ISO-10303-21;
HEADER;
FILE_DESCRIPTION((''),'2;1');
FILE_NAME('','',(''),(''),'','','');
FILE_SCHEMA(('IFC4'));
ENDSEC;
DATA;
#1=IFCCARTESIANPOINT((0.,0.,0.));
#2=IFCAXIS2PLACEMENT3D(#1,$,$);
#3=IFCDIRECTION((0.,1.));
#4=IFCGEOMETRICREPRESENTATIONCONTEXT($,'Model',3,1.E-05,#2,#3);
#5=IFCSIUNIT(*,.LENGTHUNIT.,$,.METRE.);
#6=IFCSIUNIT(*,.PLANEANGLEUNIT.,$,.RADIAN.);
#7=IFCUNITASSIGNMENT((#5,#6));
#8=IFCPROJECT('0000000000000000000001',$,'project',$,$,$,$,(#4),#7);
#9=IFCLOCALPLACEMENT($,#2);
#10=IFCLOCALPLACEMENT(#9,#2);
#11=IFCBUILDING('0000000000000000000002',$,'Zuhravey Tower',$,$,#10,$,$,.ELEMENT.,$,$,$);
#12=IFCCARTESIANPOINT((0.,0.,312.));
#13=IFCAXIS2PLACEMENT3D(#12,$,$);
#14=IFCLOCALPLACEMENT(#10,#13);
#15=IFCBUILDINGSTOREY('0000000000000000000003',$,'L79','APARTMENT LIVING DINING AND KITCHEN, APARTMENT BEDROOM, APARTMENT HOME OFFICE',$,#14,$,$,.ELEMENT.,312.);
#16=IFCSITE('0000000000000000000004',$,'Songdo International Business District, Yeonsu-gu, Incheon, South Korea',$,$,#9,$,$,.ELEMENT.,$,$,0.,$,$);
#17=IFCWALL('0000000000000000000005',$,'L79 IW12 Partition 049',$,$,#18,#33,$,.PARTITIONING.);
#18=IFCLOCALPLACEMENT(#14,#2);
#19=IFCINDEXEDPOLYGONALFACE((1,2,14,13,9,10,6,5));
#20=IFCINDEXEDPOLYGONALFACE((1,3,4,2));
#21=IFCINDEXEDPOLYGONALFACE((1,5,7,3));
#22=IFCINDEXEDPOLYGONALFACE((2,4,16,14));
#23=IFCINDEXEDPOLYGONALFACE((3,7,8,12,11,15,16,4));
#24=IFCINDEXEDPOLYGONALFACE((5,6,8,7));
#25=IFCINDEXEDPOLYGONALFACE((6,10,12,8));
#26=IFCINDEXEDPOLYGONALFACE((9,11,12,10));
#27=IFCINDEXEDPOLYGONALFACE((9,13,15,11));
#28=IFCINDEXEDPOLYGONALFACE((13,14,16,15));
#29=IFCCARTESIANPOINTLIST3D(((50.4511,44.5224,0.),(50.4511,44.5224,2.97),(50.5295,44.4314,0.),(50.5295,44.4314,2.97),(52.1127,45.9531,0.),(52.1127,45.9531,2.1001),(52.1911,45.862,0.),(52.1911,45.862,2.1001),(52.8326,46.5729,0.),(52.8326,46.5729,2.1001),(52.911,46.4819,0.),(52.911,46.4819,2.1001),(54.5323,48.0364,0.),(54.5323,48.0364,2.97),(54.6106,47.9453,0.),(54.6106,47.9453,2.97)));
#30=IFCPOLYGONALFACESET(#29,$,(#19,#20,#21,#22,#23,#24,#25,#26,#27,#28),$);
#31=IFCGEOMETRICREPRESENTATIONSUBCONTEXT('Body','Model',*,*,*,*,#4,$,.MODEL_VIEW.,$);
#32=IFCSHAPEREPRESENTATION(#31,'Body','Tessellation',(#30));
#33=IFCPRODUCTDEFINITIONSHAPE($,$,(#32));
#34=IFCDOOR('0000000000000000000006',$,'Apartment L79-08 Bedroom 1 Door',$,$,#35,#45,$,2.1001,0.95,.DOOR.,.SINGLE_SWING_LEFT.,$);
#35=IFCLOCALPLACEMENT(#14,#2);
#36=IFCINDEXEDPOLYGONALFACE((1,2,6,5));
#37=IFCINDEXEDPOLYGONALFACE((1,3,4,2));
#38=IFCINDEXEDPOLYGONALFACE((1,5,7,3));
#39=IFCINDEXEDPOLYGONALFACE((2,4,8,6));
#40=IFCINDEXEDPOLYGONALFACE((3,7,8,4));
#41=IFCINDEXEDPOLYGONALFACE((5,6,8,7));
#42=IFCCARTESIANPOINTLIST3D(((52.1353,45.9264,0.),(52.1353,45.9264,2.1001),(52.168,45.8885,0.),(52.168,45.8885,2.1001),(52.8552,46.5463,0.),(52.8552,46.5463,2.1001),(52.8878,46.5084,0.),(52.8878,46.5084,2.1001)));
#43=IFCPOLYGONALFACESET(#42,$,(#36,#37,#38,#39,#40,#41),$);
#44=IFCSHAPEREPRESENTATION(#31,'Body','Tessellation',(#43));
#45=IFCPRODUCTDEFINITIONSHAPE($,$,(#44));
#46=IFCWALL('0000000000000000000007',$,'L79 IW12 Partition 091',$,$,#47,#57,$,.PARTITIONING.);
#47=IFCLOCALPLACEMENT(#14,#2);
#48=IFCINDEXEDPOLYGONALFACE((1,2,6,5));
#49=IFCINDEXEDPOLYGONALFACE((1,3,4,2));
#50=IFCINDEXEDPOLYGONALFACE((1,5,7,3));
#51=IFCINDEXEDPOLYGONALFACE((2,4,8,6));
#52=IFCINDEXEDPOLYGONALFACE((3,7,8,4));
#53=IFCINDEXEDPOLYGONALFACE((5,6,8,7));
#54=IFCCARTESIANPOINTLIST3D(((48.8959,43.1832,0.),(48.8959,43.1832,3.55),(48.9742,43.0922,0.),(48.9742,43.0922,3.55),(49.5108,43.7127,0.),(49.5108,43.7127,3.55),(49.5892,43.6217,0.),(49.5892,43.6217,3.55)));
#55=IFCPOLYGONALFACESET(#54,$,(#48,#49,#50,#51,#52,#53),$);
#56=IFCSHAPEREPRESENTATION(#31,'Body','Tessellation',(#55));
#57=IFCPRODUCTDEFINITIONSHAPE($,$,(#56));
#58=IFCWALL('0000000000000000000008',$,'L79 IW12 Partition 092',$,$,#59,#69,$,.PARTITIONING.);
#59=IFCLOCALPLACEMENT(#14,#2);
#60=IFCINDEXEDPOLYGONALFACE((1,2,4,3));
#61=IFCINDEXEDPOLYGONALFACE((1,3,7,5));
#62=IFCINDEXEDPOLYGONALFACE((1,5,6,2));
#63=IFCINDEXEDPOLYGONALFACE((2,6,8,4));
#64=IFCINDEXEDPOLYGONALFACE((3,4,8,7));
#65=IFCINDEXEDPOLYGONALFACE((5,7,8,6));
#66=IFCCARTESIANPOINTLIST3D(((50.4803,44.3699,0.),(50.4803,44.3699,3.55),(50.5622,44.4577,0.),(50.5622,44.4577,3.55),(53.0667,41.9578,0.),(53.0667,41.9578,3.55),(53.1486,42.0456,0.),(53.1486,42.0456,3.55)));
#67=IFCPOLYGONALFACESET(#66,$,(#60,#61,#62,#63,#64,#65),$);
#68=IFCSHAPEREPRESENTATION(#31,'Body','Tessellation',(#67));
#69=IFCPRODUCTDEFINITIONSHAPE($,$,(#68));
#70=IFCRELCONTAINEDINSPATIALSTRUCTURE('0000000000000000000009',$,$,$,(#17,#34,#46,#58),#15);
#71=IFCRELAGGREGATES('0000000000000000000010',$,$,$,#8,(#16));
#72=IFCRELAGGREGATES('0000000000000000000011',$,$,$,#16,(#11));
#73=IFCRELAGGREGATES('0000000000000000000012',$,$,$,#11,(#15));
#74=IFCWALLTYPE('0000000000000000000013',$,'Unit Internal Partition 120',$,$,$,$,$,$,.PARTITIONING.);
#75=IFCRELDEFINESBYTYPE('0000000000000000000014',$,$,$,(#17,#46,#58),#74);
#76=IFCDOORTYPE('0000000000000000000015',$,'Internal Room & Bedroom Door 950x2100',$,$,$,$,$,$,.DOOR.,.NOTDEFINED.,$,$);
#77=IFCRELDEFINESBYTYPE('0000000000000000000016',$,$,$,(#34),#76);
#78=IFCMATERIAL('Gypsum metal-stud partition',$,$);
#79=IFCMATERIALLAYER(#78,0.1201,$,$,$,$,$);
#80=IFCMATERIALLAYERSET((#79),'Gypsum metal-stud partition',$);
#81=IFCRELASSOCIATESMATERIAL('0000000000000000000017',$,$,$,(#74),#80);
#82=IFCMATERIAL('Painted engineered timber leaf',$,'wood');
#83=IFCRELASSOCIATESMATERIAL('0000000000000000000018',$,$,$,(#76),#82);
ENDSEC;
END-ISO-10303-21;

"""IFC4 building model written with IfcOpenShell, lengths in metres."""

from ifc_helpers import new_model, si_unit, direction, frame, frame_2d, origin, place, context, subcontext, project, spatial, rectangle, extrude, material, layer, layer_set, type_object, element, fill, save


model = new_model("IFC4")

# Units and contexts
model_context = context("Model", 3, precision=1e-05, world=origin(), true_north=direction((0.0, 1.0)))
body_context = subcontext(model_context, "Body", "Model", "MODEL_VIEW")
ifc_project = project(units=[si_unit("LENGTHUNIT", "METRE"), si_unit("PLANEANGLEUNIT", "RADIAN")], contexts=[model_context])

# Site, building, storey
site_placement = place(None, origin())
site = spatial("IfcSite", under=ifc_project, at=site_placement, Name="Songdo International Business District, Yeonsu-gu, Incheon, South Korea", CompositionType="ELEMENT", RefElevation=0.0)
building_placement = place(site_placement, origin())
building = spatial("IfcBuilding", under=site, at=building_placement, Name="Zuhravey Tower", CompositionType="ELEMENT")
storey_placement = place(building_placement, frame((0.0, 0.0, 312.0)))
storey = spatial("IfcBuildingStorey", under=building, at=storey_placement, Name="L79", Description="APARTMENT LIVING DINING AND KITCHEN, APARTMENT BEDROOM, APARTMENT HOME OFFICE", CompositionType="ELEMENT", Elevation=312.0)

# Wall, opening, door
ifc_material_1 = material(Name="Gypsum metal-stud partition")
ifc_layer_1 = layer(ifc_material_1, 0.1201)
ifc_layer_set_1 = layer_set([ifc_layer_1], Name="Gypsum metal-stud partition")
wall_type_1 = type_object("IfcWallType", Name="Unit Internal Partition 120", PredefinedType="PARTITIONING", material=ifc_layer_set_1)
wall_1_placement = place(storey_placement, frame((50.4902, 44.4768, 0.0), z_axis=(0.0, 0.0, 1.0), x_axis=(0.757799, 0.652488, 0.0)))
wall_1 = element("IfcWall", 1, at=wall_1_placement, inside=storey, type_object=wall_type_1, Name="L79 IW12 Partition 049", PredefinedType="PARTITIONING", context=body_context, shape_type="SweptSolid", body=[
    extrude(rectangle(XDim=5.3855, YDim=0.1201, at=frame_2d((2.6929, 0.0))), origin(), (0.0, 0.0, 1.0), 2.97),
])
opening_1_placement = place(wall_1_placement, frame((2.1926, 0.0, 0.0)))
opening_1 = element("IfcOpeningElement", 2, at=opening_1_placement, cuts=wall_1, PredefinedType="OPENING", context=body_context, shape_type="SweptSolid", body=[
    extrude(rectangle(XDim=0.95, YDim=2.1001, at=frame_2d((0.4751, 1.05))), frame((0.0, 0.072, 0.0), z_axis=(0.0, -1.0, 0.0), x_axis=(1.0, 0.0, 0.0)), (0.0, 0.0, 1.0), 0.144),
])
ifc_material_2 = material(Name="Painted engineered timber leaf", Category="wood")
door_type_1 = type_object("IfcDoorType", Name="Internal Room & Bedroom Door 950x2100", OperationType="NOTDEFINED", PredefinedType="DOOR", material=ifc_material_2)
door_1_placement = place(opening_1_placement, frame((0.95, 0.0, 0.0), z_axis=(0.0, 0.0, 1.0), x_axis=(-1.0, 0.0, 0.0)))
door_1 = element("IfcDoor", 3, at=door_1_placement, inside=storey, type_object=door_type_1, Name="Apartment L79-08 Bedroom 1 Door", OperationType="SINGLE_SWING_LEFT", OverallHeight=2.1001, OverallWidth=0.95, PredefinedType="DOOR", context=body_context, shape_type="SweptSolid", body=[
    extrude(rectangle(XDim=0.95, YDim=2.1001, at=frame_2d((0.4751, 1.05))), frame((0.0, 0.0249, 0.0), z_axis=(0.0, -1.0, 0.0), x_axis=(1.0, 0.0, 0.0)), (0.0, 0.0, 1.0), 0.05),
])
fill(opening_1, door_1)

# Walls
wall_2_placement = place(storey_placement, frame((48.9351, 43.1377, 0.0), z_axis=(0.0, 0.0, 1.0), x_axis=(0.757789, 0.652499, 0.0)))
element("IfcWall", 4, at=wall_2_placement, inside=storey, type_object=wall_type_1, Name="L79 IW12 Partition 091", PredefinedType="PARTITIONING", context=body_context, shape_type="SweptSolid", body=[
    extrude(rectangle(XDim=0.8115, YDim=0.1201, at=frame_2d((0.4058, 0.0))), origin(), (0.0, 0.0, 1.0), 3.55),
])
wall_3_placement = place(storey_placement, frame((53.1077, 42.0017, 0.0), z_axis=(0.0, 0.0, 1.0), x_axis=(-0.731322, 0.682033, 0.0)))
element("IfcWall", 5, at=wall_3_placement, inside=storey, type_object=wall_type_1, Name="L79 IW12 Partition 092", PredefinedType="PARTITIONING", context=body_context, shape_type="SweptSolid", body=[
    extrude(rectangle(XDim=3.5366, YDim=0.1201, at=frame_2d((1.7683, 0.0))), origin(), (0.0, 0.0, 1.0), 3.55),
])

save(model, "model.ifc")
